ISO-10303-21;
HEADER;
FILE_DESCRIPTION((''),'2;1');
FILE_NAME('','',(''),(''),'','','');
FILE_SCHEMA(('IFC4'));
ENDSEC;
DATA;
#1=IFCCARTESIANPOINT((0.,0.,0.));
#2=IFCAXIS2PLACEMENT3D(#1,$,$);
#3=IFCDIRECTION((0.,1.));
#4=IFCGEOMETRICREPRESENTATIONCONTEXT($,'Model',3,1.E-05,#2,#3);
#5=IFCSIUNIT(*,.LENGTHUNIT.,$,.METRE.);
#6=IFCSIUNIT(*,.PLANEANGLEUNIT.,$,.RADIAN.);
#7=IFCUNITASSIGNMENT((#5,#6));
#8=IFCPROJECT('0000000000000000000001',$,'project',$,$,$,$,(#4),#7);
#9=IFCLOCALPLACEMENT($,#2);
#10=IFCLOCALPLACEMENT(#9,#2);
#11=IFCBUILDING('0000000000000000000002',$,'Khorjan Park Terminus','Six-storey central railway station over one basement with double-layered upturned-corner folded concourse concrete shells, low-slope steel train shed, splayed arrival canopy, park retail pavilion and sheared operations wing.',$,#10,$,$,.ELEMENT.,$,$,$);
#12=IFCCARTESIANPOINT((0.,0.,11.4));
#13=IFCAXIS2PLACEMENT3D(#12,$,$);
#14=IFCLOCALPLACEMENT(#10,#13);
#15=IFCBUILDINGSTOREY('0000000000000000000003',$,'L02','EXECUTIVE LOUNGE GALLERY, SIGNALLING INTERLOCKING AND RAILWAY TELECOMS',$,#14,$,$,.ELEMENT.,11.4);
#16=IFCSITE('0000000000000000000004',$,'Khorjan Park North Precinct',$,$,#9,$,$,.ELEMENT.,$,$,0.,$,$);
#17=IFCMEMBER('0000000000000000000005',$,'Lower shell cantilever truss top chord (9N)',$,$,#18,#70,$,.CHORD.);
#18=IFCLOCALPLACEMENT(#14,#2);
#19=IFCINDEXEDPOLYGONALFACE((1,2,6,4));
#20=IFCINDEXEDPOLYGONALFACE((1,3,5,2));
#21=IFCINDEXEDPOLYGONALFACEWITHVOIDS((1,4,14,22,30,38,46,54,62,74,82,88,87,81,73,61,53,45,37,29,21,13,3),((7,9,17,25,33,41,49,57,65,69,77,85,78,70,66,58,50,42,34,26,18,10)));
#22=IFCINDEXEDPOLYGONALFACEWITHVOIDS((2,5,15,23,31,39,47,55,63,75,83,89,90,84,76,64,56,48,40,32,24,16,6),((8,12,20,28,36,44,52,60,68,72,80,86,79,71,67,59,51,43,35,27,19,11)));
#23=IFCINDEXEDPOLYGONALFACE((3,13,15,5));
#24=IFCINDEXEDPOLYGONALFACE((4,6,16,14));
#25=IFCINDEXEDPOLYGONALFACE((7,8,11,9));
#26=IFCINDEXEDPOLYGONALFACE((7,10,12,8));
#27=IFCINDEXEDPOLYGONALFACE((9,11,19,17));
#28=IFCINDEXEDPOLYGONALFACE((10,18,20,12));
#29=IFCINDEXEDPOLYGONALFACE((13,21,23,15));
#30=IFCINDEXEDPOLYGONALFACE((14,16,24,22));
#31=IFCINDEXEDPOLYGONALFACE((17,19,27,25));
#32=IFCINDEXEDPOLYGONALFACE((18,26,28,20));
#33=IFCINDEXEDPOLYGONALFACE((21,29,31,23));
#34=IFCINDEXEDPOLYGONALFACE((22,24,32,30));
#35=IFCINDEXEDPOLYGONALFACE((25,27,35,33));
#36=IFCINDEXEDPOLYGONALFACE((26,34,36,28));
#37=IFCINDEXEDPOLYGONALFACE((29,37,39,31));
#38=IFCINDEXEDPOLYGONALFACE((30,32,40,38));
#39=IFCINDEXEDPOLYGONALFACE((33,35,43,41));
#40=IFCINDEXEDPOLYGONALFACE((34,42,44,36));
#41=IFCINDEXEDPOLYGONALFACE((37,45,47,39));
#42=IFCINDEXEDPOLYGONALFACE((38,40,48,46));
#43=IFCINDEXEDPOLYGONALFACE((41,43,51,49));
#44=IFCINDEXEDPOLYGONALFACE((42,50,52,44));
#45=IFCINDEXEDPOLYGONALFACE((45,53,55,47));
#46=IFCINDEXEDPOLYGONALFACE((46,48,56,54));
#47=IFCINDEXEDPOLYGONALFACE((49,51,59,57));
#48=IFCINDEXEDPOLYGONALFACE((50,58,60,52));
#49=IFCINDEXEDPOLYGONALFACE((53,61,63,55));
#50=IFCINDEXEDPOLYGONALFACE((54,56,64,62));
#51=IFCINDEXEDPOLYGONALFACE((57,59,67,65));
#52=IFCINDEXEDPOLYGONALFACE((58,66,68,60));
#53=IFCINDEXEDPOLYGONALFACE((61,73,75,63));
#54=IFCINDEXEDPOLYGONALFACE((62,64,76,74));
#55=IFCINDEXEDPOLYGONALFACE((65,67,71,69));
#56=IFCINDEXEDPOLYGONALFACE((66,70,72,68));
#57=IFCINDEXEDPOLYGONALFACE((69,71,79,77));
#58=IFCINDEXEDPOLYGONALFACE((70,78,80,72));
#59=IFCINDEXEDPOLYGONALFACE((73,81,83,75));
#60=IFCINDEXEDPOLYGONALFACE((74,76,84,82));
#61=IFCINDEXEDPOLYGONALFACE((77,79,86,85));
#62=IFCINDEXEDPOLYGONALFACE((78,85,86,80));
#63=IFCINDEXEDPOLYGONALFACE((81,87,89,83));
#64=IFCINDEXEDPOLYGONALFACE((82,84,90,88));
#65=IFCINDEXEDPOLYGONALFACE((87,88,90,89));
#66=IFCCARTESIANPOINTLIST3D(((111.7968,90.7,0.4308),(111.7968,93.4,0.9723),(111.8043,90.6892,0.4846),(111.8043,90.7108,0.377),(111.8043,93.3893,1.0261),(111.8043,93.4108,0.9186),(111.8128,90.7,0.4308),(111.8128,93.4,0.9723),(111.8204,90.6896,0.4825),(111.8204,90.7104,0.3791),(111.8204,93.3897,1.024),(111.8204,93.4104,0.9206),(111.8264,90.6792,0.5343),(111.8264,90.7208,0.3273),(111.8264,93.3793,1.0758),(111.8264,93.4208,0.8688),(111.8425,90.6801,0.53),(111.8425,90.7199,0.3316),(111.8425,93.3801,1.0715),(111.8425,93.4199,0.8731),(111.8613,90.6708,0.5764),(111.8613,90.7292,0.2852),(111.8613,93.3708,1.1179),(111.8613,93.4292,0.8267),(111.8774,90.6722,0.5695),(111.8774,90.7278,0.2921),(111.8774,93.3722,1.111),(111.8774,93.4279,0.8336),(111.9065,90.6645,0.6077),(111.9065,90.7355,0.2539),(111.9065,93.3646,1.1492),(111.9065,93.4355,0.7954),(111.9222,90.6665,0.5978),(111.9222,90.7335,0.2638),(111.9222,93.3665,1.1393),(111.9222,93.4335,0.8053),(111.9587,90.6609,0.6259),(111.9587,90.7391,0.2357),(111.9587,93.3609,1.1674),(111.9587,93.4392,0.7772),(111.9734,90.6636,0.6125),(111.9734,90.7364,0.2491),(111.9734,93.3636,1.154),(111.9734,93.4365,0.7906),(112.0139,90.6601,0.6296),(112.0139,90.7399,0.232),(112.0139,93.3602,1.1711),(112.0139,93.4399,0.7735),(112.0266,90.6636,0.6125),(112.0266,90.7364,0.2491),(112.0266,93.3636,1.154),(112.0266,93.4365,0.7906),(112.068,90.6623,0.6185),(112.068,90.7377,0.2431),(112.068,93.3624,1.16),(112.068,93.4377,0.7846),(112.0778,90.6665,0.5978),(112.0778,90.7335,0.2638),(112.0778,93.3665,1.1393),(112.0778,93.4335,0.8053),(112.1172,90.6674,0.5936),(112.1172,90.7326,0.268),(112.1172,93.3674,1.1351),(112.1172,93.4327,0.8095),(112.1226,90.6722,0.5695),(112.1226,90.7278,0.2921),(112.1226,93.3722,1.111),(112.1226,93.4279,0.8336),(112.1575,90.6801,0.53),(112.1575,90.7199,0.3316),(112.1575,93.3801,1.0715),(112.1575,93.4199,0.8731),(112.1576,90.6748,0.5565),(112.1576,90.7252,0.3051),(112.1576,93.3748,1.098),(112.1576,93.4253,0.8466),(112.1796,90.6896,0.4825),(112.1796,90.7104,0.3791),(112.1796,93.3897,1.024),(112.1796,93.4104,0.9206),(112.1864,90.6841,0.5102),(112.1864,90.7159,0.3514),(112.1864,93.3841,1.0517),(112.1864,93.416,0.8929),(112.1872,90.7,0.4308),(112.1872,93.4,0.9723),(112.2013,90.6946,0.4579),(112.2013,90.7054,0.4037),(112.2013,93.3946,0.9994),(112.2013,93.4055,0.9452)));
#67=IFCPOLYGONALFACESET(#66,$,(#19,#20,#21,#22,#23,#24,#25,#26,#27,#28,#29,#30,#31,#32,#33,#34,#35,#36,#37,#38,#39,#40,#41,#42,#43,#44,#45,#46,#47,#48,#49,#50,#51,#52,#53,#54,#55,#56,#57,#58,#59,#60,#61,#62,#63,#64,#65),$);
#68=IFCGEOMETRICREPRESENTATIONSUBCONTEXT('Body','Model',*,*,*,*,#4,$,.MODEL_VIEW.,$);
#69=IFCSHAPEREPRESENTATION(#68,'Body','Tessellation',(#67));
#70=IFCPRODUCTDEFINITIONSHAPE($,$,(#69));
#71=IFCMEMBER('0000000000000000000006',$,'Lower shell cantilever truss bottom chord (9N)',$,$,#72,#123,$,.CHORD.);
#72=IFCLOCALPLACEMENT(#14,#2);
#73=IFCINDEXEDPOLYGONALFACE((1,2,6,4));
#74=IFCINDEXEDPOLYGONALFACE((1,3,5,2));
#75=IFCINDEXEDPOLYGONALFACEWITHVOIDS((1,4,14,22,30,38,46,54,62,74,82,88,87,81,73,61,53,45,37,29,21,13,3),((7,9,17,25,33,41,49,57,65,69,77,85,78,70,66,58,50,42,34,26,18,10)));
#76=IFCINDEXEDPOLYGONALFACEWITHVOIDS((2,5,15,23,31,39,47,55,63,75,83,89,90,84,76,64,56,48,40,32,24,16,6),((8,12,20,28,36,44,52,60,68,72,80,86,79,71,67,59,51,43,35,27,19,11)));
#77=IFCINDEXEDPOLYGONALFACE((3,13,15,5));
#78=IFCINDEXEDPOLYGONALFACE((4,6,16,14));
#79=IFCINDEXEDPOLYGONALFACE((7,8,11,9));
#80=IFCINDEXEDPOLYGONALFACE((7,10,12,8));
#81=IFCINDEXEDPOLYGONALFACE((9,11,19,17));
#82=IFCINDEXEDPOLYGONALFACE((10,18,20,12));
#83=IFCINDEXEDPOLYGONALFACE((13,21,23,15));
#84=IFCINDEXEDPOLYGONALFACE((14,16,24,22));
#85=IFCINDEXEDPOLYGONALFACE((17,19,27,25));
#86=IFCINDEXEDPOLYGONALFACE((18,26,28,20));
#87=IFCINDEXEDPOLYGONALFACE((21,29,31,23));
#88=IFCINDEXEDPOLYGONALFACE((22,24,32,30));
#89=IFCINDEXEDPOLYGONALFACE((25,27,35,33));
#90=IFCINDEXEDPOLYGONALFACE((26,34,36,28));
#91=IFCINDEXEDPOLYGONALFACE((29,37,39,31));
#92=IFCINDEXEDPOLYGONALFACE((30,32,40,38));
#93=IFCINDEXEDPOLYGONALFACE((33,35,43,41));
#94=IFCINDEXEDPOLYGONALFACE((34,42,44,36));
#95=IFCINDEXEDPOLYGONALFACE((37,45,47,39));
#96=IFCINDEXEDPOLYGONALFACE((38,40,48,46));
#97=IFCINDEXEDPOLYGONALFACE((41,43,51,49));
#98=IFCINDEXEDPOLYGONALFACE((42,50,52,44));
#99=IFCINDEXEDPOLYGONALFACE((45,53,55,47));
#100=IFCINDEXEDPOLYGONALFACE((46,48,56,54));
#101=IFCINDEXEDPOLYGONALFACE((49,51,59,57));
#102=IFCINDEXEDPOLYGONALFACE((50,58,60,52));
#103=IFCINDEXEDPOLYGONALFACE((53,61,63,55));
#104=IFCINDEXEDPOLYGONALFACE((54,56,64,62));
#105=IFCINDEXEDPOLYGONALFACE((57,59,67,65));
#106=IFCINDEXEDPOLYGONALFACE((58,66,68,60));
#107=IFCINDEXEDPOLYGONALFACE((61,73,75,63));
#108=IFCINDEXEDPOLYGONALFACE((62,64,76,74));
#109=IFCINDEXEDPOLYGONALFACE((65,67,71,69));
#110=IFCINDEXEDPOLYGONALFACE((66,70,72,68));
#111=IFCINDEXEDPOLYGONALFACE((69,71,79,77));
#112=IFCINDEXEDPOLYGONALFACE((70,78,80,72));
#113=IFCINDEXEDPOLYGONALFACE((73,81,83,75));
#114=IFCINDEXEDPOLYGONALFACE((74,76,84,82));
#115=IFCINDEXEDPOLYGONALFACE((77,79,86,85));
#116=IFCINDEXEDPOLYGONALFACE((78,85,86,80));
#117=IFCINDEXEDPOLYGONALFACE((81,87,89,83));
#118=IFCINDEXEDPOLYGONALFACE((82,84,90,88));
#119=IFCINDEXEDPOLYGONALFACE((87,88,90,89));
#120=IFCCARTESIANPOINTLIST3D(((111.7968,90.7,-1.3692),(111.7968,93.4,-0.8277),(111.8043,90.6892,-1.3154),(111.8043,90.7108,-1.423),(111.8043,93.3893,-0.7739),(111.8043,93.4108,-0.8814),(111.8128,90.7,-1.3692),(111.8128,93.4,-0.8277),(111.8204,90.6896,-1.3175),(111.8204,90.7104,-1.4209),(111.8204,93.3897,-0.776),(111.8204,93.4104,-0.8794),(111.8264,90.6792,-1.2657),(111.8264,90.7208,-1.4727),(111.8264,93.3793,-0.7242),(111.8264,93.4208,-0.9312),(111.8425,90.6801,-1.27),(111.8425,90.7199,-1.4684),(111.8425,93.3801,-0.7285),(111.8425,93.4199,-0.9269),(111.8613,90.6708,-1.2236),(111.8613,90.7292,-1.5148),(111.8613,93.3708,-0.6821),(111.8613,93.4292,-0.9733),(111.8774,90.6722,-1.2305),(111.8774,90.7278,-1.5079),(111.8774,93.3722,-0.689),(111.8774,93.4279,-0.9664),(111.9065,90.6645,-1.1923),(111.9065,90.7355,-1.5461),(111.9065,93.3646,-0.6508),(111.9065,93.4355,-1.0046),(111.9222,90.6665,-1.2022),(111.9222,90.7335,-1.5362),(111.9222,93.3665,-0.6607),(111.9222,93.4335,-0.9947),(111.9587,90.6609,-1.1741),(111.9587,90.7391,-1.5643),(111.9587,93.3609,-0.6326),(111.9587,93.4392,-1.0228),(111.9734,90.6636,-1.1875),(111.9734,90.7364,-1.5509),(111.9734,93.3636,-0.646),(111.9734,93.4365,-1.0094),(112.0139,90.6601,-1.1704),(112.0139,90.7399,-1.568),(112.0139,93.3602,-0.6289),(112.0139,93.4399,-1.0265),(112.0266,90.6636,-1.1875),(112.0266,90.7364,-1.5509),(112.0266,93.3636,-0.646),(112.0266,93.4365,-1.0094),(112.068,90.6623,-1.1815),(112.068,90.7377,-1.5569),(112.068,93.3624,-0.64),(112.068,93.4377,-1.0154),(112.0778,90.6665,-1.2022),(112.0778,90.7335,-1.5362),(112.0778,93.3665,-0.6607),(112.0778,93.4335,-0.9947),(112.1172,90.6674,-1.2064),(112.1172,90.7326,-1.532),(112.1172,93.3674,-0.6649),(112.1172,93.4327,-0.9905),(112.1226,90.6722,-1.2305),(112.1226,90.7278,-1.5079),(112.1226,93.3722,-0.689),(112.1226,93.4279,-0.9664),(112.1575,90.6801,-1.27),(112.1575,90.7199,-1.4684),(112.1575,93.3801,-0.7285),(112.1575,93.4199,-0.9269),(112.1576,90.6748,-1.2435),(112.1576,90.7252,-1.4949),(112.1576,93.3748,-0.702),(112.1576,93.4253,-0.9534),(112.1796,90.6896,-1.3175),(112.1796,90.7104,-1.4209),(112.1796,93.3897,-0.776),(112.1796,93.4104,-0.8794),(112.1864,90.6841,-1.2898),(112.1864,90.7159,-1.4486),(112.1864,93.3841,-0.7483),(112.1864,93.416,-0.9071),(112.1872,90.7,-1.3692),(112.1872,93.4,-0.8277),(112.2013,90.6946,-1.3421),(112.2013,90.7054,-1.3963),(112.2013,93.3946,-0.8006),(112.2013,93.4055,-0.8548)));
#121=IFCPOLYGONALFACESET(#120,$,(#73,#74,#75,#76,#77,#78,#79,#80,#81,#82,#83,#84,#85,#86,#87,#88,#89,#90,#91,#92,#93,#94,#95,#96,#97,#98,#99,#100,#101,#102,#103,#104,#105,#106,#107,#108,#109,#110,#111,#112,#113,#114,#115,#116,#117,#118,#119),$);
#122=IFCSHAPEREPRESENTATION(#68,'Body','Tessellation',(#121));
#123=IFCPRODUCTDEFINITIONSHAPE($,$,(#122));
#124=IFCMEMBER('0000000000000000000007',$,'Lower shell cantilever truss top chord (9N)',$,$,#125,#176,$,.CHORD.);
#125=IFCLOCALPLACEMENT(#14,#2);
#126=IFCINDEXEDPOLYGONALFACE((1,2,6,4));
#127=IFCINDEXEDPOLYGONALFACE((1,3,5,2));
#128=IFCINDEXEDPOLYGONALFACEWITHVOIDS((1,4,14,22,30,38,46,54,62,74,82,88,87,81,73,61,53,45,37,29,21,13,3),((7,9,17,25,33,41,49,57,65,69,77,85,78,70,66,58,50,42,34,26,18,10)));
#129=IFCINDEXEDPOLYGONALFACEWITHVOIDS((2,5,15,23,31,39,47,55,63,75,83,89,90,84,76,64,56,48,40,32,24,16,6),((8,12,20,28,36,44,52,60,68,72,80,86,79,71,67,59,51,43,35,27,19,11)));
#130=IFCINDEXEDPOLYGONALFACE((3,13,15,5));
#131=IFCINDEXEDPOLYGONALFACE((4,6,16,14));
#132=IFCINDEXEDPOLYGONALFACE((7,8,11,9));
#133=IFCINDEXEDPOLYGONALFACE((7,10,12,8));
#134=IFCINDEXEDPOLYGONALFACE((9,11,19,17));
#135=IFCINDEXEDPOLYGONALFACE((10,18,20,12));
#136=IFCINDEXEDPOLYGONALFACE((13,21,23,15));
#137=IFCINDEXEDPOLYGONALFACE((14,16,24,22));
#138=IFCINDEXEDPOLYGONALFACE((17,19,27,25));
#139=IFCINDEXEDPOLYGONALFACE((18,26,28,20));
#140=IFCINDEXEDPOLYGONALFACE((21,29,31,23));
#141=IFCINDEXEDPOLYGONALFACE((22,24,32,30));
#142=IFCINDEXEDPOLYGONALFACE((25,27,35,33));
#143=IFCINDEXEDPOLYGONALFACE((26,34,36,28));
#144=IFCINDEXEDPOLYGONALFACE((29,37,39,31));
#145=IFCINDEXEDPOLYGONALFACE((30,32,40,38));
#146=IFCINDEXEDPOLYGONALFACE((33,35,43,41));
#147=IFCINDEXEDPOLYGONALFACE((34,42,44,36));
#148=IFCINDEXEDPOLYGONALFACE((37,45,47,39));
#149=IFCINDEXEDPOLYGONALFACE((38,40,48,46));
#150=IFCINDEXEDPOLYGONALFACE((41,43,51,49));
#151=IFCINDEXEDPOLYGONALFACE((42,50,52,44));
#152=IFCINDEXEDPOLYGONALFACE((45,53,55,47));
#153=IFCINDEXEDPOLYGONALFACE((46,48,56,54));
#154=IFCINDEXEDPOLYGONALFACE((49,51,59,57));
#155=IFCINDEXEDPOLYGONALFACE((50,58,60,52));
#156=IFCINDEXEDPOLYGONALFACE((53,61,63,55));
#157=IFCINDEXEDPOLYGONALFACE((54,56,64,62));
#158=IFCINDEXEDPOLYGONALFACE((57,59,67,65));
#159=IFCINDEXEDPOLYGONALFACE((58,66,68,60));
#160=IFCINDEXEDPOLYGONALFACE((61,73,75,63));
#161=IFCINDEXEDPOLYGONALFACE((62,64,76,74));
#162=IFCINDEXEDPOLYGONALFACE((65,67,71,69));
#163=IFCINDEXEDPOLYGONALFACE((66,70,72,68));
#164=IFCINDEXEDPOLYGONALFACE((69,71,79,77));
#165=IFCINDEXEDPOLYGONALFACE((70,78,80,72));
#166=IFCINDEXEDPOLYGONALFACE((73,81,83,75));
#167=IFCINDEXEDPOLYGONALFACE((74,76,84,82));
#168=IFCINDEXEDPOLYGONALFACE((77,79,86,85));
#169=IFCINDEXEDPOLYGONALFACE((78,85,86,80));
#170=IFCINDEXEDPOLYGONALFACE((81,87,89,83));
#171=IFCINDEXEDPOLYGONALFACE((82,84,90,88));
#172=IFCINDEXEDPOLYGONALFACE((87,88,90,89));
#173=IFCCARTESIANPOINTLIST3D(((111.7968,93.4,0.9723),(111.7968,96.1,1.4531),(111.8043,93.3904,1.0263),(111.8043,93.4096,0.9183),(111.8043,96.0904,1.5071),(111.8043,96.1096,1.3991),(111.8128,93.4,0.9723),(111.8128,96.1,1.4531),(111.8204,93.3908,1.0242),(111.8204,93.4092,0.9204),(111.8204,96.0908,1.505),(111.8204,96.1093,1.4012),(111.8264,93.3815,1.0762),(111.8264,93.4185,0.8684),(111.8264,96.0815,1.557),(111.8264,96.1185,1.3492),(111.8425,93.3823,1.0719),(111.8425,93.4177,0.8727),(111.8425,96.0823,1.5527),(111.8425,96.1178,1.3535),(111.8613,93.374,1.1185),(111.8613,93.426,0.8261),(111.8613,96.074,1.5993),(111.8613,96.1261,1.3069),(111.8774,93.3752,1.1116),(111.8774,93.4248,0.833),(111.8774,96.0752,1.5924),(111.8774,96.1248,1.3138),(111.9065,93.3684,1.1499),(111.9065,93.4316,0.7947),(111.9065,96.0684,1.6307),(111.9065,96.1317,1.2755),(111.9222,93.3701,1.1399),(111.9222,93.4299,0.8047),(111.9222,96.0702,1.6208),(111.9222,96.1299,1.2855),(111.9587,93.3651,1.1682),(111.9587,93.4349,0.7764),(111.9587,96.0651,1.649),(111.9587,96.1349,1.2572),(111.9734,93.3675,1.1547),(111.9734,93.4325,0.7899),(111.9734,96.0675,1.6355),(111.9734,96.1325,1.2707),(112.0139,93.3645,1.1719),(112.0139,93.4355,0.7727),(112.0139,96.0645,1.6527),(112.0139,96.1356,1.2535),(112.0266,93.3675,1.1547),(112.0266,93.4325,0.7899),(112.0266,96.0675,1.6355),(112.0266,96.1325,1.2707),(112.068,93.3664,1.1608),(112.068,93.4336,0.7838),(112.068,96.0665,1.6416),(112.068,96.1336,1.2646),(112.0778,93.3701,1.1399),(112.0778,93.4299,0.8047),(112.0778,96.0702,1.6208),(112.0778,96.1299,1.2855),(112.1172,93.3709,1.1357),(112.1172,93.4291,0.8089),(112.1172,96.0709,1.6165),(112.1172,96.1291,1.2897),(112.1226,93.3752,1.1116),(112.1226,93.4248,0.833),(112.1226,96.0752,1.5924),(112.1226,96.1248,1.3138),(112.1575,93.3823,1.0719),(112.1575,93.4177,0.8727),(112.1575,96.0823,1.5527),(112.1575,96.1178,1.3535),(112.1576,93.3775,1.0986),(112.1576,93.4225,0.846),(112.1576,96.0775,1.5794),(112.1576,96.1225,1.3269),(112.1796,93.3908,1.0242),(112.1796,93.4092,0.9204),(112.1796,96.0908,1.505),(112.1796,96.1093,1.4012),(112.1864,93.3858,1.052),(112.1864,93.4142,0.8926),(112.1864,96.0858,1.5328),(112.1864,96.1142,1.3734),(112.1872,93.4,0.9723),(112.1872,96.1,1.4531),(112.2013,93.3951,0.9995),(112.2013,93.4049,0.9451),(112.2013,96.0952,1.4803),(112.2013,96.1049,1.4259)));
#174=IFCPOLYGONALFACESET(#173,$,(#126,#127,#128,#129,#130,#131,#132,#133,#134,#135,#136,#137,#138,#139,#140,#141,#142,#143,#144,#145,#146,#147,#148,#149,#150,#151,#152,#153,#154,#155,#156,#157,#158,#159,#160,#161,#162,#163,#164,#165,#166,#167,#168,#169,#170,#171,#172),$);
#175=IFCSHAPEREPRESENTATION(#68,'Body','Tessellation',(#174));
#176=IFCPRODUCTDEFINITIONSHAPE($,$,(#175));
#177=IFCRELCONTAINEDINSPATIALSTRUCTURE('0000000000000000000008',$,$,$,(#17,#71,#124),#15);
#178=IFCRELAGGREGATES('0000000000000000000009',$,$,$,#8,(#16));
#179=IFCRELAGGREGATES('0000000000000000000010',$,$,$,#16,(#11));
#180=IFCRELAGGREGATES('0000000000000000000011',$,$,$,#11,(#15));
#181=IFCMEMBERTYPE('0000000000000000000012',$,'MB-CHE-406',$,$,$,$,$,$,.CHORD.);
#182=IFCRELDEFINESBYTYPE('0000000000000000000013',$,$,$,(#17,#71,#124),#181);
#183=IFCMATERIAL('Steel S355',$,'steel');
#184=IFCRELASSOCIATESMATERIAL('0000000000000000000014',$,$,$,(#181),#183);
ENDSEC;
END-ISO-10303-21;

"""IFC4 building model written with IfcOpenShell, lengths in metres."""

from ifc_helpers import new_model, si_unit, direction, frame, origin, origin_2d, place, context, subcontext, project, spatial, hollow_circle, extrude, material, material_profile, profile_set, type_object, element, save


model = new_model("IFC4")

# Units and contexts
model_context = context("Model", 3, precision=1e-05, world=origin(), true_north=direction((0.0, 1.0)))
body_context = subcontext(model_context, "Body", "Model", "MODEL_VIEW")
ifc_project = project(units=[si_unit("LENGTHUNIT", "METRE"), si_unit("PLANEANGLEUNIT", "RADIAN")], contexts=[model_context])

# Site, building, storey
site_placement = place(None, origin())
site = spatial("IfcSite", under=ifc_project, at=site_placement, Name="Khorjan Park North Precinct", CompositionType="ELEMENT", RefElevation=0.0)
building_placement = place(site_placement, origin())
building = spatial("IfcBuilding", under=site, at=building_placement, Name="Khorjan Park Terminus", Description="Six-storey central railway station over one basement with double-layered upturned-corner folded concourse concrete shells, low-slope steel train shed, splayed arrival canopy, park retail pavilion and sheared operations wing.", CompositionType="ELEMENT")
storey_placement = place(building_placement, frame((0.0, 0.0, 11.4)))
storey = spatial("IfcBuildingStorey", under=building, at=storey_placement, Name="L02", Description="EXECUTIVE LOUNGE GALLERY, SIGNALLING INTERLOCKING AND RAILWAY TELECOMS", CompositionType="ELEMENT", Elevation=11.4)

# Members
ifc_material_1 = material(Name="Steel S355", Category="steel")
ifc_material_profile_1 = material_profile(ifc_material_1, hollow_circle(Radius=0.2032, WallThickness=0.016, at=origin_2d()), Name="CHS 406.4x16")
ifc_profile_set_1 = profile_set([ifc_material_profile_1], Name="Steel S355")
member_type_1 = type_object("IfcMemberType", Name="MB-CHE-406", PredefinedType="CHORD", material=ifc_profile_set_1)
for number, where, z_axis, x_axis, name in (
    (1, (112.0, 90.7, 0.4308), (0.0, 0.980476, 0.19664), (-1.0, 0.0, 0.0), "Lower shell cantilever truss top chord (9N)"),
    (2, (112.0, 90.7, -1.3692), (0.0, 0.980476, 0.19664), (-1.0, 0.0, 0.0), "Lower shell cantilever truss bottom chord (9N)"),
):
    element("IfcMember", number, at=place(storey_placement, frame(where, z_axis=z_axis, x_axis=x_axis)), inside=storey, type_object=member_type_1, Name=name, PredefinedType="CHORD", context=body_context, shape_type="SweptSolid", body=[
        extrude(hollow_circle(Radius=0.2032, WallThickness=0.016, at=origin_2d()), origin(), (0.0, 0.0, 1.0), 2.7538),
    ])
for number, where, z_axis, x_axis, name in (
    (3, (112.0, 93.4, 0.9723), (0.0, 0.984512, 0.175316), (-1.0, 0.0, 0.0), "Lower shell cantilever truss top chord (9N)"),
):
    element("IfcMember", number, at=place(storey_placement, frame(where, z_axis=z_axis, x_axis=x_axis)), inside=storey, type_object=member_type_1, Name=name, PredefinedType="CHORD", context=body_context, shape_type="SweptSolid", body=[
        extrude(hollow_circle(Radius=0.2032, WallThickness=0.016, at=origin_2d()), origin(), (0.0, 0.0, 1.0), 2.7425),
    ])

save(model, "model.ifc")
